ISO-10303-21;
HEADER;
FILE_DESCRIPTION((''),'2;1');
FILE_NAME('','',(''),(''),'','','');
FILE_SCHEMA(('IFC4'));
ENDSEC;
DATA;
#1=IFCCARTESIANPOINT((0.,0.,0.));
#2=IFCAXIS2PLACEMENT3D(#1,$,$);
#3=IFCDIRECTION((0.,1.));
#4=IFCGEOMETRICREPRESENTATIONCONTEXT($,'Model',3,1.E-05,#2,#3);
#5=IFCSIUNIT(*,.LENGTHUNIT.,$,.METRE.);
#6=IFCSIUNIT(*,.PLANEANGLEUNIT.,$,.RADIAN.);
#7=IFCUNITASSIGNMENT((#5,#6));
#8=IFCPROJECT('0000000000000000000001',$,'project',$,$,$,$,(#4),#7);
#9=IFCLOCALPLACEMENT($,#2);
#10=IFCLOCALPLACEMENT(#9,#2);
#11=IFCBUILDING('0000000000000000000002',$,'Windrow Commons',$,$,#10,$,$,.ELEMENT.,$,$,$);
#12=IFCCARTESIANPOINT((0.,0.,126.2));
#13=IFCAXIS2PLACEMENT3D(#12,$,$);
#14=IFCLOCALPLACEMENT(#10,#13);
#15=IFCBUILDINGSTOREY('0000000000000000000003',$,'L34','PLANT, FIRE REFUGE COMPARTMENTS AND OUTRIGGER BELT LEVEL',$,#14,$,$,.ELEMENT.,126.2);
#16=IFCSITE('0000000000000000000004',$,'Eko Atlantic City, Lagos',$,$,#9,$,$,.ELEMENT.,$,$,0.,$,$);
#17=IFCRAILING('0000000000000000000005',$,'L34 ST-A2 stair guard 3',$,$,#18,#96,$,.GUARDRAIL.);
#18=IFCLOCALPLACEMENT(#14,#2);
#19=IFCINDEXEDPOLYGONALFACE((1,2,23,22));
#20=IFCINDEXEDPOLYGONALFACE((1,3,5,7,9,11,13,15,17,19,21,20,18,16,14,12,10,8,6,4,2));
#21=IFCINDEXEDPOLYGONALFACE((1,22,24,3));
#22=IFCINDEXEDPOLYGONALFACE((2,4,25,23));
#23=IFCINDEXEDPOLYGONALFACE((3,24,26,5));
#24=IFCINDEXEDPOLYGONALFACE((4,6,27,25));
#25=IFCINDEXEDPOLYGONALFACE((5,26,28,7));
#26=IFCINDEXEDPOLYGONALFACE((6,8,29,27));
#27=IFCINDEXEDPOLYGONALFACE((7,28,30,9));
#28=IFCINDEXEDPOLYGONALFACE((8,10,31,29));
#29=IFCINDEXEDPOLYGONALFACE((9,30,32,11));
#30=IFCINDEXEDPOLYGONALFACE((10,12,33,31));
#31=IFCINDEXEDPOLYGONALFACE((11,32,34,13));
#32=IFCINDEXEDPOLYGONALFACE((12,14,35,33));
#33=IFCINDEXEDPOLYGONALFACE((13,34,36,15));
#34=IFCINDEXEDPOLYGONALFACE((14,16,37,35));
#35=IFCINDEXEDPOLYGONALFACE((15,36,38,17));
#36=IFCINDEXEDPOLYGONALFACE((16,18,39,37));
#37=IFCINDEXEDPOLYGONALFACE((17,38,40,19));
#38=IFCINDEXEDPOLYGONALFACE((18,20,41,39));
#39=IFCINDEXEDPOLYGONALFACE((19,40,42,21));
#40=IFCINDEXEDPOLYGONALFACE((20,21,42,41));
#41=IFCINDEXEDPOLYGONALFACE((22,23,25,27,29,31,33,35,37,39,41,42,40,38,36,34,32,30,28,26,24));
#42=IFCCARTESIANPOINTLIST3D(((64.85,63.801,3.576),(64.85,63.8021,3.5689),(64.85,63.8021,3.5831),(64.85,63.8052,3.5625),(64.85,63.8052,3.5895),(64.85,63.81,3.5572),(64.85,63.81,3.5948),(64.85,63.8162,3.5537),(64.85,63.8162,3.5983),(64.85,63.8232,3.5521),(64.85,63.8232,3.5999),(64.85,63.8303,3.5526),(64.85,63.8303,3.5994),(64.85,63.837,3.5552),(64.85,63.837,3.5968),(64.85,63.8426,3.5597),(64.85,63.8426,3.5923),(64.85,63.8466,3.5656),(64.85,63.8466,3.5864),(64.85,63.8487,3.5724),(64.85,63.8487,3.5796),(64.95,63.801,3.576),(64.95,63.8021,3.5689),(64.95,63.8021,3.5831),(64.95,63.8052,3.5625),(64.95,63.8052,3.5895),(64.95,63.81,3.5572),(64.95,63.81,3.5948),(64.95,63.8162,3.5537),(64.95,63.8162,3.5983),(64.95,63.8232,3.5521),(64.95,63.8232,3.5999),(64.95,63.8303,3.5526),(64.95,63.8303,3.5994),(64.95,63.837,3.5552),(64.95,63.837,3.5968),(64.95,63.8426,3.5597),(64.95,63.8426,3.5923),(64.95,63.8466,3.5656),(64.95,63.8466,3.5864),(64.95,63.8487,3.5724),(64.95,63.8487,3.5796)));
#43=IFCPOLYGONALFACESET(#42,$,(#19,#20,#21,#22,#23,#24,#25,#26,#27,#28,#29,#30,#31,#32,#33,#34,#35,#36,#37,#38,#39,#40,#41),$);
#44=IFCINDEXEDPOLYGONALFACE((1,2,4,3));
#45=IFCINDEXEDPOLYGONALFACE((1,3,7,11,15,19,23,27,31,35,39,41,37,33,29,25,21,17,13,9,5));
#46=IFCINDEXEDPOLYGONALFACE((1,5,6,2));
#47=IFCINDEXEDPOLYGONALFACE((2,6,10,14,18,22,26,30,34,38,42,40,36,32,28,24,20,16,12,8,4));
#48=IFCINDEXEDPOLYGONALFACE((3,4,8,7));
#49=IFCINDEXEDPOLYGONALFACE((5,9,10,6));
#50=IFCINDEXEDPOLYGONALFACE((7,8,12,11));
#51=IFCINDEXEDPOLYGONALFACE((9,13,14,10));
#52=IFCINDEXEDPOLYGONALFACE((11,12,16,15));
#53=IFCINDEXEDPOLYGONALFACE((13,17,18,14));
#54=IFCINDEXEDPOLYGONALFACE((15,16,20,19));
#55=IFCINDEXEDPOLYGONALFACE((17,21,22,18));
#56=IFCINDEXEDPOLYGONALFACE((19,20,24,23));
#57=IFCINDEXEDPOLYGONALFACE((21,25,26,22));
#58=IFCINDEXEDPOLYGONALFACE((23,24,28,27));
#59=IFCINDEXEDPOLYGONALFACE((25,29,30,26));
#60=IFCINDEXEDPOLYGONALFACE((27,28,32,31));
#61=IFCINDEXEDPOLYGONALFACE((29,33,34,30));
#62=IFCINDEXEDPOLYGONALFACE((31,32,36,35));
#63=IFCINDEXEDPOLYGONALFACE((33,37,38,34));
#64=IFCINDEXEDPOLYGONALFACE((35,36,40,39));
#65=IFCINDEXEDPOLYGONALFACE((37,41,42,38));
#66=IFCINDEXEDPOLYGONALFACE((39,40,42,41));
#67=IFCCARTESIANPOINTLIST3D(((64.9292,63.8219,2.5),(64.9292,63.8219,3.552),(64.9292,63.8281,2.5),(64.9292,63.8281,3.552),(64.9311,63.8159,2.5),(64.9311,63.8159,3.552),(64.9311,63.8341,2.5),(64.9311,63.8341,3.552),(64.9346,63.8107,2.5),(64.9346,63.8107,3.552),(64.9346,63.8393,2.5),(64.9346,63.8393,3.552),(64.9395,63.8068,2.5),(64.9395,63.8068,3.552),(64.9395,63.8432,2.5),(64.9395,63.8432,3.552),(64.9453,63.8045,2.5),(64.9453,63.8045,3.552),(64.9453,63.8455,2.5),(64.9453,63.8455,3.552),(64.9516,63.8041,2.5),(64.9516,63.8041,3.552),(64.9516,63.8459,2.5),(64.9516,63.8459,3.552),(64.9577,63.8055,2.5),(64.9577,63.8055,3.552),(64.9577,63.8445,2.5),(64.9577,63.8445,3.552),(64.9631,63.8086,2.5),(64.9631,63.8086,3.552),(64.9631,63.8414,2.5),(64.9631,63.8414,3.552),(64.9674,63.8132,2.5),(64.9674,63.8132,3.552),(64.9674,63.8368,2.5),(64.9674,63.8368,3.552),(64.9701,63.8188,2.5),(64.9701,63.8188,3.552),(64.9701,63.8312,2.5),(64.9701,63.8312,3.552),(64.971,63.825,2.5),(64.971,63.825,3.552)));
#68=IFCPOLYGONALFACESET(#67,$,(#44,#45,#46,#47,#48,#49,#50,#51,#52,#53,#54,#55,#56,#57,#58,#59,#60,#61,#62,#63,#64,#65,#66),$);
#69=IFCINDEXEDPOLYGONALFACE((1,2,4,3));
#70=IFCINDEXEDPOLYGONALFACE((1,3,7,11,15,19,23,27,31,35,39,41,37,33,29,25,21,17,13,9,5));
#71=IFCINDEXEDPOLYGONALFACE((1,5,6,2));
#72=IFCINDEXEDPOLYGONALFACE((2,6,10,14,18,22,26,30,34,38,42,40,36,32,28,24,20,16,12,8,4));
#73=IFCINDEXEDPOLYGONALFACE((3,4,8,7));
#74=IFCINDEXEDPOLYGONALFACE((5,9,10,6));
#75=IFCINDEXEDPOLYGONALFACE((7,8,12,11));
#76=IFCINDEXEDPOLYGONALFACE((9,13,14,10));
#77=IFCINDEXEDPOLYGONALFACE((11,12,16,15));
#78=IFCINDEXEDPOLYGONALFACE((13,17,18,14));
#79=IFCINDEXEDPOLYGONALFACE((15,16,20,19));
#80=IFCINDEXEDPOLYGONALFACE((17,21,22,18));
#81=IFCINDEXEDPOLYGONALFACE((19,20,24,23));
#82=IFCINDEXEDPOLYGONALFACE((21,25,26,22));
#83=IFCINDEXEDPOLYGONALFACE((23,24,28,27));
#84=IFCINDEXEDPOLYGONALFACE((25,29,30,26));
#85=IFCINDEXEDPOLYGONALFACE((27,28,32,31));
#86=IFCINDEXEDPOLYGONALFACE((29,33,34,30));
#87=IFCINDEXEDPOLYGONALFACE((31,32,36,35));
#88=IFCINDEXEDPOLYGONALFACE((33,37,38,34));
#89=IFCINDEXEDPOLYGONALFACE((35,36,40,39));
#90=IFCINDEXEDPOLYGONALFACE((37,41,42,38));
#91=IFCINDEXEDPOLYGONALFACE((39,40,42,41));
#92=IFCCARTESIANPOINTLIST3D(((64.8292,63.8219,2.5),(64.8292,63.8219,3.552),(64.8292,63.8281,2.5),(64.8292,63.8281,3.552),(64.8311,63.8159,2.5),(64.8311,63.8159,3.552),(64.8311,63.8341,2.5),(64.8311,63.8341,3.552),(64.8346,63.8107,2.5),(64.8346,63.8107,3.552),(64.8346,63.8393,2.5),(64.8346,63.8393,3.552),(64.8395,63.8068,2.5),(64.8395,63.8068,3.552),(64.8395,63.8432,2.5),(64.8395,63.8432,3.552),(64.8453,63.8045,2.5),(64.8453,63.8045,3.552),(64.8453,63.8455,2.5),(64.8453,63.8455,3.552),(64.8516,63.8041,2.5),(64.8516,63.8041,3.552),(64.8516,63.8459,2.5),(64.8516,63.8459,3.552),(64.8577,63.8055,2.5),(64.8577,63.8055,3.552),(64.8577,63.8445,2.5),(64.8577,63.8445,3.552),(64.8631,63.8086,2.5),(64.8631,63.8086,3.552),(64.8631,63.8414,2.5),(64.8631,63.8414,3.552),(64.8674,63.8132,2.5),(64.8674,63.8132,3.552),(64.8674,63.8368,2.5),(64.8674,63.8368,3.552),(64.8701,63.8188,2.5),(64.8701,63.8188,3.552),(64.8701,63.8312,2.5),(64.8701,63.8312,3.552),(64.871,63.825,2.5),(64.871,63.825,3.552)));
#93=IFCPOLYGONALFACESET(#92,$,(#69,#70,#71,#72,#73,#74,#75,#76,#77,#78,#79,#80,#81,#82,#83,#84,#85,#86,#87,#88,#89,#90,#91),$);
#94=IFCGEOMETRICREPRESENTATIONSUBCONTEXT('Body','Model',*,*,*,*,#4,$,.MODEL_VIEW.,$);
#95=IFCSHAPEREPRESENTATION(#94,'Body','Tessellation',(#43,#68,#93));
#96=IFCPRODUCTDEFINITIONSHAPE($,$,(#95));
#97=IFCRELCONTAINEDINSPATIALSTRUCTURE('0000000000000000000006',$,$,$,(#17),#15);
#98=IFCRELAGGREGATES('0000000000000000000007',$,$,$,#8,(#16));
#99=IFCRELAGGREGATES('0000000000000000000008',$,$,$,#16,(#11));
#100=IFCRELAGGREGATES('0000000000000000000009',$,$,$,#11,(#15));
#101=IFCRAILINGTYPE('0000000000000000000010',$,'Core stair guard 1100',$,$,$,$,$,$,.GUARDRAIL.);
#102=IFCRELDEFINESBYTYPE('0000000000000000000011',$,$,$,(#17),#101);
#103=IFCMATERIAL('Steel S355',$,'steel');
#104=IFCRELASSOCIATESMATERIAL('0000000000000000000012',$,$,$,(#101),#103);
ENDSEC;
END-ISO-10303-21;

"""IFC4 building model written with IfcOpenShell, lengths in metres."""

from ifc_helpers import new_model, si_unit, direction, frame, origin, origin_2d, place, context, subcontext, project, spatial, circle, extrude, material, type_object, element, save


model = new_model("IFC4")

# Units and contexts
model_context = context("Model", 3, precision=1e-05, world=origin(), true_north=direction((0.0, 1.0)))
body_context = subcontext(model_context, "Body", "Model", "MODEL_VIEW")
ifc_project = project(units=[si_unit("LENGTHUNIT", "METRE"), si_unit("PLANEANGLEUNIT", "RADIAN")], contexts=[model_context])

# Site, building, storey
site_placement = place(None, origin())
site = spatial("IfcSite", under=ifc_project, at=site_placement, Name="Eko Atlantic City, Lagos", CompositionType="ELEMENT", RefElevation=0.0)
building_placement = place(site_placement, origin())
building = spatial("IfcBuilding", under=site, at=building_placement, Name="Windrow Commons", CompositionType="ELEMENT")
storey_placement = place(building_placement, frame((0.0, 0.0, 126.2)))
storey = spatial("IfcBuildingStorey", under=building, at=storey_placement, Name="L34", Description="PLANT, FIRE REFUGE COMPARTMENTS AND OUTRIGGER BELT LEVEL", CompositionType="ELEMENT", Elevation=126.2)

# Railing
ifc_material_1 = material(Name="Steel S355", Category="steel")
railing_type_1 = type_object("IfcRailingType", Name="Core stair guard 1100", PredefinedType="GUARDRAIL", material=ifc_material_1)
railing_1_placement = place(storey_placement, frame((64.95, 63.825, 2.5)))
element("IfcRailing", 1, at=railing_1_placement, inside=storey, type_object=railing_type_1, Name="L34 ST-A2 stair guard 3", PredefinedType="GUARDRAIL", context=body_context, shape_type="SweptSolid", body=[
    extrude(circle(Radius=0.024, at=origin_2d()), frame((0.0, 0.0, 1.076), z_axis=(-1.0, 0.0, 0.0), x_axis=(0.0, -1.0, 0.0)), (0.0, 0.0, 1.0), 0.1),
    extrude(circle(Radius=0.021, at=origin_2d()), origin(), (0.0, 0.0, 1.0), 1.052),
    extrude(circle(Radius=0.021, at=origin_2d()), frame((-0.1, 0.0, 0.0)), (0.0, 0.0, 1.0), 1.052),
])

save(model, "model.ifc")
